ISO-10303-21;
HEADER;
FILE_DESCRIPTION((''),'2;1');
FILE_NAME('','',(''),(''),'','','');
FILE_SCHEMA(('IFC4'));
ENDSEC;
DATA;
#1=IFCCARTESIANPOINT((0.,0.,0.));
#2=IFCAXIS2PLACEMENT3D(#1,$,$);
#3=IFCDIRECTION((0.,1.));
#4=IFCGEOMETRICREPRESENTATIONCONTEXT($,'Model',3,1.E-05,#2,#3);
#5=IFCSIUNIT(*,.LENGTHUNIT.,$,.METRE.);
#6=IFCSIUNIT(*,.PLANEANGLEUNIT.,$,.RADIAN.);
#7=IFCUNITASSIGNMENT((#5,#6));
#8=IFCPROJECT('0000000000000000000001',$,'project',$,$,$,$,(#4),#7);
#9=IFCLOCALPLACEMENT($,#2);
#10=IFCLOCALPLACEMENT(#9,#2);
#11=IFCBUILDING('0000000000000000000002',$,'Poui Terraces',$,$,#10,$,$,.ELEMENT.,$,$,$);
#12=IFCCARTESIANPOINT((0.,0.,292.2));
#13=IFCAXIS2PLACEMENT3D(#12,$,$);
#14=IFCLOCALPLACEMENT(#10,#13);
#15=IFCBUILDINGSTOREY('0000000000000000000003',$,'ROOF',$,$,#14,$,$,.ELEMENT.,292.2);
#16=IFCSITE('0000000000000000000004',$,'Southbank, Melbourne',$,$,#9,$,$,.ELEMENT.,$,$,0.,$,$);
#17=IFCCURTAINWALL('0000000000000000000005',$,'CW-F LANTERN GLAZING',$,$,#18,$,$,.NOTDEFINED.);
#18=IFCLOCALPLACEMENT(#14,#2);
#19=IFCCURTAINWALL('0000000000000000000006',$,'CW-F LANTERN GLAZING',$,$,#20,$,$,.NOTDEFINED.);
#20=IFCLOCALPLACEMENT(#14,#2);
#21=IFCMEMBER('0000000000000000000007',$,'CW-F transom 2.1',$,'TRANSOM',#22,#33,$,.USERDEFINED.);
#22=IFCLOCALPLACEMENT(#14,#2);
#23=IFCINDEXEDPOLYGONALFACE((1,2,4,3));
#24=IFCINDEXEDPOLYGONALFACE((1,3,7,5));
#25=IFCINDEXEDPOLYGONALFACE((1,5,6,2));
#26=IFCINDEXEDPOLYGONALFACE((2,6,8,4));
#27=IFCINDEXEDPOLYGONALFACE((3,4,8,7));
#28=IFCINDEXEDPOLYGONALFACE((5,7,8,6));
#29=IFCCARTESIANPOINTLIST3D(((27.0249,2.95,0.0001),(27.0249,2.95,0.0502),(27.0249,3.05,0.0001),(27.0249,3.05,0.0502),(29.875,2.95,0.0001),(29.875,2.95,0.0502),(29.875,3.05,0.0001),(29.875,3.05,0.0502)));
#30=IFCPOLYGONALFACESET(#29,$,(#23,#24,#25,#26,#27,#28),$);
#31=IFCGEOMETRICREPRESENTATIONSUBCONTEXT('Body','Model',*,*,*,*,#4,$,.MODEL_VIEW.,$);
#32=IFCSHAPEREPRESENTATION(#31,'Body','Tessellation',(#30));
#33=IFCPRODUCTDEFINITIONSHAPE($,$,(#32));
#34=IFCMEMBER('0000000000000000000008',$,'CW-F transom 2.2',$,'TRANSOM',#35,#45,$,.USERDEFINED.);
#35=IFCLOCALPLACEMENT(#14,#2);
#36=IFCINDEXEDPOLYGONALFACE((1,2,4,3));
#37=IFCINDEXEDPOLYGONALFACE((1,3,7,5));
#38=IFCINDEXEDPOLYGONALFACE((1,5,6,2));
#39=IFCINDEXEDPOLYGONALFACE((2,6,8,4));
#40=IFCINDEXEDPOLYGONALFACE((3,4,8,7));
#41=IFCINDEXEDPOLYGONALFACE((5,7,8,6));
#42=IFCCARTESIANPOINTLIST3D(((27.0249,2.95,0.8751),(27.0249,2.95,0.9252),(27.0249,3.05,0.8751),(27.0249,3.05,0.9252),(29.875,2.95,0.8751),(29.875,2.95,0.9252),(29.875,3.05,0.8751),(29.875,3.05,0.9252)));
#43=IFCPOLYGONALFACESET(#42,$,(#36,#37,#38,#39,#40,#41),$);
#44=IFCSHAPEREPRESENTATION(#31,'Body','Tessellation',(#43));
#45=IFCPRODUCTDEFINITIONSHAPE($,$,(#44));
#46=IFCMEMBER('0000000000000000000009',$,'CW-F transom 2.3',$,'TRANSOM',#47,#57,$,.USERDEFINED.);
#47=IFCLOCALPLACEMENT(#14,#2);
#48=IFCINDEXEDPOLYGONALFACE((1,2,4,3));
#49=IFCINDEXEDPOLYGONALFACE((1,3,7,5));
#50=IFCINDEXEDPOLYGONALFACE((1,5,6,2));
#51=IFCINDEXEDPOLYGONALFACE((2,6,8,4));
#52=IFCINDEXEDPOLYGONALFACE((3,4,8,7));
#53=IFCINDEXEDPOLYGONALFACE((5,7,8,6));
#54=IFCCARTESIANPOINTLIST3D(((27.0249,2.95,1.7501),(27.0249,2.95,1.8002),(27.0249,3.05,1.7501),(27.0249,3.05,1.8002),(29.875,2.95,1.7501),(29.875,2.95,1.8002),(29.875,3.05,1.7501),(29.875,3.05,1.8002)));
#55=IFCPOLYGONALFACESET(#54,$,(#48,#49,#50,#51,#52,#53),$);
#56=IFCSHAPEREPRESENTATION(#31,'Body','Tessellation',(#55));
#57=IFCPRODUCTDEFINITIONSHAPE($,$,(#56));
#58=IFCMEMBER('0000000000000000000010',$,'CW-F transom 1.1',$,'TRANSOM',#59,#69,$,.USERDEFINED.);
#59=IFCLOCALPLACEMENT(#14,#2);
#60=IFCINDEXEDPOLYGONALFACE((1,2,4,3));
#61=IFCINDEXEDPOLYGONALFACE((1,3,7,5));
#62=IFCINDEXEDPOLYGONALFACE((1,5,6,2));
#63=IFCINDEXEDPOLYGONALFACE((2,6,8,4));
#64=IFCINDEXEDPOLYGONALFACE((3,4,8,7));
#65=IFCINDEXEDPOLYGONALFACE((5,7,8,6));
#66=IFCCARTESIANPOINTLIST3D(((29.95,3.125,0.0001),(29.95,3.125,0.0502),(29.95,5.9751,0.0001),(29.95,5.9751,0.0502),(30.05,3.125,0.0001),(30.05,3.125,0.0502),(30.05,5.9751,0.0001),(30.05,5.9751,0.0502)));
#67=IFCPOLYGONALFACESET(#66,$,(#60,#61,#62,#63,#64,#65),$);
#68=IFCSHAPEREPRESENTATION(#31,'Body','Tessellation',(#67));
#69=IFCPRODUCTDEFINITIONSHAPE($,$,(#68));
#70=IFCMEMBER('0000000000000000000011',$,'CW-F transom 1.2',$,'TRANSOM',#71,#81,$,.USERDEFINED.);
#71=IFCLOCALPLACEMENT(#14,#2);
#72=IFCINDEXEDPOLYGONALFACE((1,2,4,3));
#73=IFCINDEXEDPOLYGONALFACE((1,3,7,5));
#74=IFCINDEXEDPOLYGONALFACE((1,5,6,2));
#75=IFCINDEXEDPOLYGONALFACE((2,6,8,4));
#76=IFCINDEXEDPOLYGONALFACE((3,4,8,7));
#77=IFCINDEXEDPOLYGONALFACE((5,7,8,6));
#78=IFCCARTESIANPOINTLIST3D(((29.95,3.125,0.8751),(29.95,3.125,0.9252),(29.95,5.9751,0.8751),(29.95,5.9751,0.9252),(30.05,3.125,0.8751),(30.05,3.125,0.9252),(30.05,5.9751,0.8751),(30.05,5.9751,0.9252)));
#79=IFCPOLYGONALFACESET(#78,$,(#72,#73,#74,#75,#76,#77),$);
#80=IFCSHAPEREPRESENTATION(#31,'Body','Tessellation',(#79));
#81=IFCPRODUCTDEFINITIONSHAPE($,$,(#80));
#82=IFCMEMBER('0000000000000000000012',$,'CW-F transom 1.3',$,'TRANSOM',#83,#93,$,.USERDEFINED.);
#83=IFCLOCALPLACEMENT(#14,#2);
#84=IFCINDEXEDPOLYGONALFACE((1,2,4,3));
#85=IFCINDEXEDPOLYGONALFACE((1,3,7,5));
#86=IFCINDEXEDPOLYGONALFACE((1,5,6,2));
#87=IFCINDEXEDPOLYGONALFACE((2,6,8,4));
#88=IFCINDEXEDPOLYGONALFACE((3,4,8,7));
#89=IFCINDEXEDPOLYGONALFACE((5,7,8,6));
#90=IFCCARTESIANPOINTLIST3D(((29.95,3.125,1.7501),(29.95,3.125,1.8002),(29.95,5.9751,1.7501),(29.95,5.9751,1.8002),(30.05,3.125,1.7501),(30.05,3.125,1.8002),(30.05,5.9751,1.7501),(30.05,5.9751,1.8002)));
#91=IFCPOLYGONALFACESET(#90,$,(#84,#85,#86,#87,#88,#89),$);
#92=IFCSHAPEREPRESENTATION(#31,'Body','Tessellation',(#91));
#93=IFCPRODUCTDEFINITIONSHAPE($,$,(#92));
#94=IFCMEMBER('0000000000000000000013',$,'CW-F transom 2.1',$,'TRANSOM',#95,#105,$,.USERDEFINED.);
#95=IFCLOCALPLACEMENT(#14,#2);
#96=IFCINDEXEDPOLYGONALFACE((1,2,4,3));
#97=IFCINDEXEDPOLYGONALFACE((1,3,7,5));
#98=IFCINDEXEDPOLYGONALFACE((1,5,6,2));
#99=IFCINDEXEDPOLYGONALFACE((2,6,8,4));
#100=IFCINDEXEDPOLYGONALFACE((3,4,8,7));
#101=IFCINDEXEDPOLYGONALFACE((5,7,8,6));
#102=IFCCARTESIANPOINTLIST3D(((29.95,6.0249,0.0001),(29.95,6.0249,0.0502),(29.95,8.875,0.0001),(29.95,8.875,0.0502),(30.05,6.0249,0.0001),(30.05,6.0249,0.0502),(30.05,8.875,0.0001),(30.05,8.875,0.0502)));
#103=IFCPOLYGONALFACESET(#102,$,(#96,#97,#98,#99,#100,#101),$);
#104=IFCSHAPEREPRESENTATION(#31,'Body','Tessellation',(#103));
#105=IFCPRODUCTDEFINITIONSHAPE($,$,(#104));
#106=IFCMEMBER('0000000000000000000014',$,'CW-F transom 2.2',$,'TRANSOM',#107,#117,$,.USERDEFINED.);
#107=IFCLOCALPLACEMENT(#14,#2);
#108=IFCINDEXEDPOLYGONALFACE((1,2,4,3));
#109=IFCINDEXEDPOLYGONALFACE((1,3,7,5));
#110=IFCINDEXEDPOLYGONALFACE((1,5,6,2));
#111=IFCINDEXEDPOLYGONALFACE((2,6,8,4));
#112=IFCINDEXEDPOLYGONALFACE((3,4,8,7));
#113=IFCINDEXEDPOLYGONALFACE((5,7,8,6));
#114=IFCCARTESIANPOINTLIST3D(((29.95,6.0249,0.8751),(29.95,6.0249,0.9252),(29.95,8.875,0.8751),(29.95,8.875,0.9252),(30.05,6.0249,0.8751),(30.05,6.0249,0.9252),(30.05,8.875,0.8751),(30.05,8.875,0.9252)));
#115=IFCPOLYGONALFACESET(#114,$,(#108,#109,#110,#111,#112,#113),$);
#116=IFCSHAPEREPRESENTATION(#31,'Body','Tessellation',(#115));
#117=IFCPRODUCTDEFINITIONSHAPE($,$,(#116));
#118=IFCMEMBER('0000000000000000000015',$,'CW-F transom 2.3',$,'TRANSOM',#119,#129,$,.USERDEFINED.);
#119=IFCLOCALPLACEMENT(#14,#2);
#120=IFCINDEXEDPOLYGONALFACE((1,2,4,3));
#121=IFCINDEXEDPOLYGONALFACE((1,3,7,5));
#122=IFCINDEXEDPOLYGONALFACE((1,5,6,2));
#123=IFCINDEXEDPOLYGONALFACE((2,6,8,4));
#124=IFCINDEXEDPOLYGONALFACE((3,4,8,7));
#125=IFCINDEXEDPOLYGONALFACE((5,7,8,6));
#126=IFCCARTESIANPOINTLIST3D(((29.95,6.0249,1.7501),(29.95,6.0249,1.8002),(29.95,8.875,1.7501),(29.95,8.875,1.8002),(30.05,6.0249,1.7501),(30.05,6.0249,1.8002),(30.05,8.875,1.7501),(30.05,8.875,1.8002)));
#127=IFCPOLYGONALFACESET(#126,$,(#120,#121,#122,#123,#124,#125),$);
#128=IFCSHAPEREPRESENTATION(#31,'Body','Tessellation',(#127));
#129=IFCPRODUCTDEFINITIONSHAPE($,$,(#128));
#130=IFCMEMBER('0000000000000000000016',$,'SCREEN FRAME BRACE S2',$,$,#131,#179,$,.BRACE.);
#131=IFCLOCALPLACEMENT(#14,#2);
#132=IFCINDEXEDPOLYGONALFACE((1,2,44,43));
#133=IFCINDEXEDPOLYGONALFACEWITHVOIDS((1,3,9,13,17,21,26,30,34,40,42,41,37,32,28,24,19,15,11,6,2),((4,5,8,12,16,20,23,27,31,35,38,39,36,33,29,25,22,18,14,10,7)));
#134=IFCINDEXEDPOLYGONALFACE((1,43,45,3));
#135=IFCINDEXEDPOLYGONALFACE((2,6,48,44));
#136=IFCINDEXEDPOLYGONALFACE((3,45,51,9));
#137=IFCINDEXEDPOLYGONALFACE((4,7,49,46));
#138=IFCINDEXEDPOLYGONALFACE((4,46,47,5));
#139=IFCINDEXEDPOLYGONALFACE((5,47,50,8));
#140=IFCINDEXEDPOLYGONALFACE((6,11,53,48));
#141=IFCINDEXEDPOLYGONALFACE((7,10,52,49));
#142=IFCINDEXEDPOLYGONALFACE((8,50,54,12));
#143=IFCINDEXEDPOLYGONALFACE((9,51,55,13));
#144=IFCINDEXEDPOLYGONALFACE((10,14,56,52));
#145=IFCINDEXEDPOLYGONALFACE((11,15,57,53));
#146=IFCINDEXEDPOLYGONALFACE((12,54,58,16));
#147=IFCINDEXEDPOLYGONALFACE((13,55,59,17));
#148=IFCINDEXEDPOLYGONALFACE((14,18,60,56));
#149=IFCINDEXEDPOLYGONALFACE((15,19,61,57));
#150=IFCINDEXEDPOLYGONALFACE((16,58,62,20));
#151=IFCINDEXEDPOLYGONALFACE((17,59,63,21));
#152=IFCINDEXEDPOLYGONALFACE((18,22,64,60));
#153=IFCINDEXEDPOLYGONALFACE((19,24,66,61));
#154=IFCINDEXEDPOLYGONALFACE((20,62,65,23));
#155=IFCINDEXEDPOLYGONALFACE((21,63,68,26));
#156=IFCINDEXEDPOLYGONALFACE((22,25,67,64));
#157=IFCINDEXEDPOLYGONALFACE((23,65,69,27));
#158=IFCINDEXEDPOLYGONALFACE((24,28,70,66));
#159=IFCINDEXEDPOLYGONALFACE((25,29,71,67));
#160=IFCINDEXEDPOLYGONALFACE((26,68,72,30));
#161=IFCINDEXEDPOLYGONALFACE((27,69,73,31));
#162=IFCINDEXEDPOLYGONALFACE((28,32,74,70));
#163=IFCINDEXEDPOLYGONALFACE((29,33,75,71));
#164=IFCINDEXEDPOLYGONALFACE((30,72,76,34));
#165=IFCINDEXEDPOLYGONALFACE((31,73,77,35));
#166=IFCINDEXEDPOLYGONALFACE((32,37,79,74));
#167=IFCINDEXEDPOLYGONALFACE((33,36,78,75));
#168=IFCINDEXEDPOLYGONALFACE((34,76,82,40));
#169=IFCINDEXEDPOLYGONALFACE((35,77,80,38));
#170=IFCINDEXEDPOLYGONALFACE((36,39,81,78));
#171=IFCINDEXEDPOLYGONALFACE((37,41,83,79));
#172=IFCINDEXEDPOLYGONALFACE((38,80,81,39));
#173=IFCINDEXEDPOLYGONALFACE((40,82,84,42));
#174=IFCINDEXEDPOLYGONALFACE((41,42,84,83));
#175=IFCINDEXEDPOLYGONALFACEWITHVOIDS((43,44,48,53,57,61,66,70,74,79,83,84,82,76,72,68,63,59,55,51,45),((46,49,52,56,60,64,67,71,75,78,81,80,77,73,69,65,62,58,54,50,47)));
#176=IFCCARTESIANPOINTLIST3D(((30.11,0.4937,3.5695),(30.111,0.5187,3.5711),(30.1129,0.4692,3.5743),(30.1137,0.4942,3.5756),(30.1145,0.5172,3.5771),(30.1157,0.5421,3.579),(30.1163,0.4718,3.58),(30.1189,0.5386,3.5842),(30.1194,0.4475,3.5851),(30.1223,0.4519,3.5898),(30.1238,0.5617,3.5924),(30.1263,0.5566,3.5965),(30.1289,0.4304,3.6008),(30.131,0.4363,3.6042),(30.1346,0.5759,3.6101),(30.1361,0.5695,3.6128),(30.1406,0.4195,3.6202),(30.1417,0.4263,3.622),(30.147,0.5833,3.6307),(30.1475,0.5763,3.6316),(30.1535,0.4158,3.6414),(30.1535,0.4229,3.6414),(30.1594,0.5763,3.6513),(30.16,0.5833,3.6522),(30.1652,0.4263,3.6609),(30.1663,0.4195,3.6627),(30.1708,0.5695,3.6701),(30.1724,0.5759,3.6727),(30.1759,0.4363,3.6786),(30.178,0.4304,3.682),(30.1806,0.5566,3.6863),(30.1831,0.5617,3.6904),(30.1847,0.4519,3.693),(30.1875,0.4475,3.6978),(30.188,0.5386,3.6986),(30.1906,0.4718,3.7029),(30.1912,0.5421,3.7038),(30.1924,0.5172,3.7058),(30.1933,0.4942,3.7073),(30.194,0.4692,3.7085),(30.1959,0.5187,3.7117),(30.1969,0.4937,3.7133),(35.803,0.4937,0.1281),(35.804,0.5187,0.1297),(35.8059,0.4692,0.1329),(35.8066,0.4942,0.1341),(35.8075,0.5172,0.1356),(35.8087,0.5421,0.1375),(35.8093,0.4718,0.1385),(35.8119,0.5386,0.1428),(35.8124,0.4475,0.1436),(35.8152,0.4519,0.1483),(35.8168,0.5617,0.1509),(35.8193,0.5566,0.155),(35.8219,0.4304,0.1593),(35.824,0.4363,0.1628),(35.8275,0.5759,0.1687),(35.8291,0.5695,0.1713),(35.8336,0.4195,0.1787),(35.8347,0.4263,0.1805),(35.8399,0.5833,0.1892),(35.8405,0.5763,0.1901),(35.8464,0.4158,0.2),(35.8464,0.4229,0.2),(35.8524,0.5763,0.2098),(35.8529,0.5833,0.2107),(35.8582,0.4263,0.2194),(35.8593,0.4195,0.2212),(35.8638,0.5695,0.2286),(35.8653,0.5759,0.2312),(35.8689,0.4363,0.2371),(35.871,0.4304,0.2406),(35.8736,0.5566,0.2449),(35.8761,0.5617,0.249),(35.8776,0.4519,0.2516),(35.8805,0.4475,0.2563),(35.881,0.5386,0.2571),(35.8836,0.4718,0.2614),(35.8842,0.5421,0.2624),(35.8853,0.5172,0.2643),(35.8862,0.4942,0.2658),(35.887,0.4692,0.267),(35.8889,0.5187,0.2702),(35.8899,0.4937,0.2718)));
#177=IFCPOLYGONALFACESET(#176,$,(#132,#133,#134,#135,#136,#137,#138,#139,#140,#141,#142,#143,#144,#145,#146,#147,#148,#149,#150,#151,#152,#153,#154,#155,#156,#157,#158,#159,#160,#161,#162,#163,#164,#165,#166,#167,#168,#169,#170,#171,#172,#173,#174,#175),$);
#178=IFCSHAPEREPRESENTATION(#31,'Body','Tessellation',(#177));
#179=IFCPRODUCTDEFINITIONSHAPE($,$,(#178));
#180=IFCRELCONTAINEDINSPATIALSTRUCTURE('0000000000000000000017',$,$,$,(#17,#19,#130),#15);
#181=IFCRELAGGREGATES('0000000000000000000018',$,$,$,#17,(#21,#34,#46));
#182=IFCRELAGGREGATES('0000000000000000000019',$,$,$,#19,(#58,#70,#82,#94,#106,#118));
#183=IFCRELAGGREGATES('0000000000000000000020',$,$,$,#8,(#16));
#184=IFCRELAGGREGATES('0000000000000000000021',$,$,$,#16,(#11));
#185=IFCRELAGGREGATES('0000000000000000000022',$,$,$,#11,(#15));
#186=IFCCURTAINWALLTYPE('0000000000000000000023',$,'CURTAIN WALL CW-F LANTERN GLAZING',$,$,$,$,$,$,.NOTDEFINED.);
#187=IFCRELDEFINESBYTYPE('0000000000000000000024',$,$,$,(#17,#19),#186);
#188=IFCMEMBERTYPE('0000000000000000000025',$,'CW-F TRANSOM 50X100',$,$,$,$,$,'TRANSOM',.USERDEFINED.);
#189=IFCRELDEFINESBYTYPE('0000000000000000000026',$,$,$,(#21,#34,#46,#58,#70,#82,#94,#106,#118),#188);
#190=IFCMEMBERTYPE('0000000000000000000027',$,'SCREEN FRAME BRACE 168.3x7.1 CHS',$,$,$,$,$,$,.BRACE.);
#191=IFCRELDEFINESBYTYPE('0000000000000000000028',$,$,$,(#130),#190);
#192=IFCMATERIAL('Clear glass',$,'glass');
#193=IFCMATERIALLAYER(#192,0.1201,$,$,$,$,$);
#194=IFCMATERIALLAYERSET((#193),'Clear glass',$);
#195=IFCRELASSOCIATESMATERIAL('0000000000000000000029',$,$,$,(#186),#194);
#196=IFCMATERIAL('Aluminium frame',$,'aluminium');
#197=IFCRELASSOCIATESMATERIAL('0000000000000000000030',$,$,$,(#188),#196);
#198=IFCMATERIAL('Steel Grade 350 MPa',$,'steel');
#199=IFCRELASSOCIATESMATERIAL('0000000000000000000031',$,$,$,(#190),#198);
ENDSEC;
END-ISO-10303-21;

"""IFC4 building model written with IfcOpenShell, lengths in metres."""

from ifc_helpers import new_model, si_unit, direction, frame, origin, origin_2d, place, context, subcontext, project, spatial, rectangle, hollow_circle, extrude, material, layer, layer_set, material_profile, profile_set, type_object, element, aggregate, save


model = new_model("IFC4")

# Units and contexts
model_context = context("Model", 3, precision=1e-05, world=origin(), true_north=direction((0.0, 1.0)))
body_context = subcontext(model_context, "Body", "Model", "MODEL_VIEW")
ifc_project = project(units=[si_unit("LENGTHUNIT", "METRE"), si_unit("PLANEANGLEUNIT", "RADIAN")], contexts=[model_context])

# Site, building, storey
site_placement = place(None, origin())
site = spatial("IfcSite", under=ifc_project, at=site_placement, Name="Southbank, Melbourne", CompositionType="ELEMENT", RefElevation=0.0)
building_placement = place(site_placement, origin())
building = spatial("IfcBuilding", under=site, at=building_placement, Name="Poui Terraces", CompositionType="ELEMENT")
storey_placement = place(building_placement, frame((0.0, 0.0, 292.2)))
storey = spatial("IfcBuildingStorey", under=building, at=storey_placement, Name="ROOF", CompositionType="ELEMENT", Elevation=292.2)

# Shared definitions
ifc_material_1 = material(Name="Steel Grade 350 MPa", Category="steel")

# Curtain walls
ifc_material_2 = material(Name="Clear glass", Category="glass")
ifc_layer_1 = layer(ifc_material_2, 0.1201)
ifc_layer_set_1 = layer_set([ifc_layer_1], Name="Clear glass")
curtain_wall_type = type_object("IfcCurtainWallType", Name="CURTAIN WALL CW-F LANTERN GLAZING", PredefinedType="NOTDEFINED", material=ifc_layer_set_1)
curtain_wall_1_placement = place(storey_placement, origin())
curtain_wall_1 = element("IfcCurtainWall", 1, at=curtain_wall_1_placement, inside=storey, type_object=curtain_wall_type, Name="CW-F LANTERN GLAZING", PredefinedType="NOTDEFINED")
ifc_material_3 = material(Name="Aluminium frame", Category="aluminium")
curtain_wall_2_placement = place(storey_placement, origin())
curtain_wall_2 = element("IfcCurtainWall", 2, at=curtain_wall_2_placement, inside=storey, type_object=curtain_wall_type, Name="CW-F LANTERN GLAZING", PredefinedType="NOTDEFINED")

# Members
ifc_material_profile_1 = material_profile(ifc_material_3, rectangle(XDim=0.1001, YDim=0.05, at=origin_2d()), Name="CW-F TRANSOM 50X100")
ifc_profile_set_1 = profile_set([ifc_material_profile_1], Name="Aluminium frame")
member_type_1 = type_object("IfcMemberType", Name="CW-F TRANSOM 50X100", ElementType="TRANSOM", PredefinedType="USERDEFINED", material=ifc_profile_set_1)
member_1_placement = place(storey_placement, frame((27.0249, 3.0, 0.0251), z_axis=(1.0, 0.0, 0.0), x_axis=(0.0, 1.0, 0.0)))
member_1 = element("IfcMember", 3, at=member_1_placement, type_object=member_type_1, Name="CW-F transom 2.1", ObjectType="TRANSOM", PredefinedType="USERDEFINED", context=body_context, shape_type="SweptSolid", body=[
    extrude(rectangle(XDim=0.1001, YDim=0.05, at=origin_2d()), origin(), (0.0, 0.0, 1.0), 2.8501),
])
member_2_placement = place(storey_placement, frame((27.0249, 3.0, 0.9001), z_axis=(1.0, 0.0, 0.0), x_axis=(0.0, 1.0, 0.0)))
member_2 = element("IfcMember", 4, at=member_2_placement, type_object=member_type_1, Name="CW-F transom 2.2", ObjectType="TRANSOM", PredefinedType="USERDEFINED", context=body_context, shape_type="SweptSolid", body=[
    extrude(rectangle(XDim=0.1001, YDim=0.05, at=origin_2d()), origin(), (0.0, 0.0, 1.0), 2.8501),
])
member_3_placement = place(storey_placement, frame((27.0249, 3.0, 1.7751), z_axis=(1.0, 0.0, 0.0), x_axis=(0.0, 1.0, 0.0)))
member_3 = element("IfcMember", 5, at=member_3_placement, type_object=member_type_1, Name="CW-F transom 2.3", ObjectType="TRANSOM", PredefinedType="USERDEFINED", context=body_context, shape_type="SweptSolid", body=[
    extrude(rectangle(XDim=0.1001, YDim=0.05, at=origin_2d()), origin(), (0.0, 0.0, 1.0), 2.8501),
])
member_4_placement = place(storey_placement, frame((30.0, 3.125, 0.0251), z_axis=(0.0, 1.0, 0.0), x_axis=(-1.0, 0.0, 0.0)))
member_4 = element("IfcMember", 6, at=member_4_placement, type_object=member_type_1, Name="CW-F transom 1.1", ObjectType="TRANSOM", PredefinedType="USERDEFINED", context=body_context, shape_type="SweptSolid", body=[
    extrude(rectangle(XDim=0.1001, YDim=0.05, at=origin_2d()), origin(), (0.0, 0.0, 1.0), 2.8501),
])
member_5_placement = place(storey_placement, frame((30.0, 3.125, 0.9001), z_axis=(0.0, 1.0, 0.0), x_axis=(-1.0, 0.0, 0.0)))
member_5 = element("IfcMember", 7, at=member_5_placement, type_object=member_type_1, Name="CW-F transom 1.2", ObjectType="TRANSOM", PredefinedType="USERDEFINED", context=body_context, shape_type="SweptSolid", body=[
    extrude(rectangle(XDim=0.1001, YDim=0.05, at=origin_2d()), origin(), (0.0, 0.0, 1.0), 2.8501),
])
member_6_placement = place(storey_placement, frame((30.0, 3.125, 1.7751), z_axis=(0.0, 1.0, 0.0), x_axis=(-1.0, 0.0, 0.0)))
member_6 = element("IfcMember", 8, at=member_6_placement, type_object=member_type_1, Name="CW-F transom 1.3", ObjectType="TRANSOM", PredefinedType="USERDEFINED", context=body_context, shape_type="SweptSolid", body=[
    extrude(rectangle(XDim=0.1001, YDim=0.05, at=origin_2d()), origin(), (0.0, 0.0, 1.0), 2.8501),
])
member_7_placement = place(storey_placement, frame((30.0, 6.0249, 0.0251), z_axis=(0.0, 1.0, 0.0), x_axis=(-1.0, 0.0, 0.0)))
member_7 = element("IfcMember", 9, at=member_7_placement, type_object=member_type_1, Name="CW-F transom 2.1", ObjectType="TRANSOM", PredefinedType="USERDEFINED", context=body_context, shape_type="SweptSolid", body=[
    extrude(rectangle(XDim=0.1001, YDim=0.05, at=origin_2d()), origin(), (0.0, 0.0, 1.0), 2.8501),
])
member_8_placement = place(storey_placement, frame((30.0, 6.0249, 0.9001), z_axis=(0.0, 1.0, 0.0), x_axis=(-1.0, 0.0, 0.0)))
member_8 = element("IfcMember", 10, at=member_8_placement, type_object=member_type_1, Name="CW-F transom 2.2", ObjectType="TRANSOM", PredefinedType="USERDEFINED", context=body_context, shape_type="SweptSolid", body=[
    extrude(rectangle(XDim=0.1001, YDim=0.05, at=origin_2d()), origin(), (0.0, 0.0, 1.0), 2.8501),
])
member_9_placement = place(storey_placement, frame((30.0, 6.0249, 1.7751), z_axis=(0.0, 1.0, 0.0), x_axis=(-1.0, 0.0, 0.0)))
member_9 = element("IfcMember", 11, at=member_9_placement, type_object=member_type_1, Name="CW-F transom 2.3", ObjectType="TRANSOM", PredefinedType="USERDEFINED", context=body_context, shape_type="SweptSolid", body=[
    extrude(rectangle(XDim=0.1001, YDim=0.05, at=origin_2d()), origin(), (0.0, 0.0, 1.0), 2.8501),
])
ifc_material_profile_2 = material_profile(ifc_material_1, hollow_circle(Radius=0.0842, WallThickness=0.0071, at=origin_2d()), Name="168.3x7.1 CHS")
ifc_profile_set_2 = profile_set([ifc_material_profile_2], Name="Steel Grade 350 MPa")
member_type_2 = type_object("IfcMemberType", Name="SCREEN FRAME BRACE 168.3x7.1 CHS", PredefinedType="BRACE", material=ifc_profile_set_2)
member_10_placement = place(storey_placement, frame((35.8464, 0.5, 0.2), z_axis=(-0.855785, 0.0, 0.517332), x_axis=(0.0, -1.0, 0.0)))
element("IfcMember", 12, at=member_10_placement, inside=storey, type_object=member_type_2, Name="SCREEN FRAME BRACE S2", PredefinedType="BRACE", context=body_context, shape_type="SweptSolid", body=[
    extrude(hollow_circle(Radius=0.0842, WallThickness=0.0071, at=origin_2d()), origin(), (0.0, 0.0, 1.0), 6.6523),
])

aggregate(curtain_wall_1, [member_1, member_2, member_3])
aggregate(curtain_wall_2, [member_4, member_5, member_6, member_7, member_8, member_9])

save(model, "model.ifc")
